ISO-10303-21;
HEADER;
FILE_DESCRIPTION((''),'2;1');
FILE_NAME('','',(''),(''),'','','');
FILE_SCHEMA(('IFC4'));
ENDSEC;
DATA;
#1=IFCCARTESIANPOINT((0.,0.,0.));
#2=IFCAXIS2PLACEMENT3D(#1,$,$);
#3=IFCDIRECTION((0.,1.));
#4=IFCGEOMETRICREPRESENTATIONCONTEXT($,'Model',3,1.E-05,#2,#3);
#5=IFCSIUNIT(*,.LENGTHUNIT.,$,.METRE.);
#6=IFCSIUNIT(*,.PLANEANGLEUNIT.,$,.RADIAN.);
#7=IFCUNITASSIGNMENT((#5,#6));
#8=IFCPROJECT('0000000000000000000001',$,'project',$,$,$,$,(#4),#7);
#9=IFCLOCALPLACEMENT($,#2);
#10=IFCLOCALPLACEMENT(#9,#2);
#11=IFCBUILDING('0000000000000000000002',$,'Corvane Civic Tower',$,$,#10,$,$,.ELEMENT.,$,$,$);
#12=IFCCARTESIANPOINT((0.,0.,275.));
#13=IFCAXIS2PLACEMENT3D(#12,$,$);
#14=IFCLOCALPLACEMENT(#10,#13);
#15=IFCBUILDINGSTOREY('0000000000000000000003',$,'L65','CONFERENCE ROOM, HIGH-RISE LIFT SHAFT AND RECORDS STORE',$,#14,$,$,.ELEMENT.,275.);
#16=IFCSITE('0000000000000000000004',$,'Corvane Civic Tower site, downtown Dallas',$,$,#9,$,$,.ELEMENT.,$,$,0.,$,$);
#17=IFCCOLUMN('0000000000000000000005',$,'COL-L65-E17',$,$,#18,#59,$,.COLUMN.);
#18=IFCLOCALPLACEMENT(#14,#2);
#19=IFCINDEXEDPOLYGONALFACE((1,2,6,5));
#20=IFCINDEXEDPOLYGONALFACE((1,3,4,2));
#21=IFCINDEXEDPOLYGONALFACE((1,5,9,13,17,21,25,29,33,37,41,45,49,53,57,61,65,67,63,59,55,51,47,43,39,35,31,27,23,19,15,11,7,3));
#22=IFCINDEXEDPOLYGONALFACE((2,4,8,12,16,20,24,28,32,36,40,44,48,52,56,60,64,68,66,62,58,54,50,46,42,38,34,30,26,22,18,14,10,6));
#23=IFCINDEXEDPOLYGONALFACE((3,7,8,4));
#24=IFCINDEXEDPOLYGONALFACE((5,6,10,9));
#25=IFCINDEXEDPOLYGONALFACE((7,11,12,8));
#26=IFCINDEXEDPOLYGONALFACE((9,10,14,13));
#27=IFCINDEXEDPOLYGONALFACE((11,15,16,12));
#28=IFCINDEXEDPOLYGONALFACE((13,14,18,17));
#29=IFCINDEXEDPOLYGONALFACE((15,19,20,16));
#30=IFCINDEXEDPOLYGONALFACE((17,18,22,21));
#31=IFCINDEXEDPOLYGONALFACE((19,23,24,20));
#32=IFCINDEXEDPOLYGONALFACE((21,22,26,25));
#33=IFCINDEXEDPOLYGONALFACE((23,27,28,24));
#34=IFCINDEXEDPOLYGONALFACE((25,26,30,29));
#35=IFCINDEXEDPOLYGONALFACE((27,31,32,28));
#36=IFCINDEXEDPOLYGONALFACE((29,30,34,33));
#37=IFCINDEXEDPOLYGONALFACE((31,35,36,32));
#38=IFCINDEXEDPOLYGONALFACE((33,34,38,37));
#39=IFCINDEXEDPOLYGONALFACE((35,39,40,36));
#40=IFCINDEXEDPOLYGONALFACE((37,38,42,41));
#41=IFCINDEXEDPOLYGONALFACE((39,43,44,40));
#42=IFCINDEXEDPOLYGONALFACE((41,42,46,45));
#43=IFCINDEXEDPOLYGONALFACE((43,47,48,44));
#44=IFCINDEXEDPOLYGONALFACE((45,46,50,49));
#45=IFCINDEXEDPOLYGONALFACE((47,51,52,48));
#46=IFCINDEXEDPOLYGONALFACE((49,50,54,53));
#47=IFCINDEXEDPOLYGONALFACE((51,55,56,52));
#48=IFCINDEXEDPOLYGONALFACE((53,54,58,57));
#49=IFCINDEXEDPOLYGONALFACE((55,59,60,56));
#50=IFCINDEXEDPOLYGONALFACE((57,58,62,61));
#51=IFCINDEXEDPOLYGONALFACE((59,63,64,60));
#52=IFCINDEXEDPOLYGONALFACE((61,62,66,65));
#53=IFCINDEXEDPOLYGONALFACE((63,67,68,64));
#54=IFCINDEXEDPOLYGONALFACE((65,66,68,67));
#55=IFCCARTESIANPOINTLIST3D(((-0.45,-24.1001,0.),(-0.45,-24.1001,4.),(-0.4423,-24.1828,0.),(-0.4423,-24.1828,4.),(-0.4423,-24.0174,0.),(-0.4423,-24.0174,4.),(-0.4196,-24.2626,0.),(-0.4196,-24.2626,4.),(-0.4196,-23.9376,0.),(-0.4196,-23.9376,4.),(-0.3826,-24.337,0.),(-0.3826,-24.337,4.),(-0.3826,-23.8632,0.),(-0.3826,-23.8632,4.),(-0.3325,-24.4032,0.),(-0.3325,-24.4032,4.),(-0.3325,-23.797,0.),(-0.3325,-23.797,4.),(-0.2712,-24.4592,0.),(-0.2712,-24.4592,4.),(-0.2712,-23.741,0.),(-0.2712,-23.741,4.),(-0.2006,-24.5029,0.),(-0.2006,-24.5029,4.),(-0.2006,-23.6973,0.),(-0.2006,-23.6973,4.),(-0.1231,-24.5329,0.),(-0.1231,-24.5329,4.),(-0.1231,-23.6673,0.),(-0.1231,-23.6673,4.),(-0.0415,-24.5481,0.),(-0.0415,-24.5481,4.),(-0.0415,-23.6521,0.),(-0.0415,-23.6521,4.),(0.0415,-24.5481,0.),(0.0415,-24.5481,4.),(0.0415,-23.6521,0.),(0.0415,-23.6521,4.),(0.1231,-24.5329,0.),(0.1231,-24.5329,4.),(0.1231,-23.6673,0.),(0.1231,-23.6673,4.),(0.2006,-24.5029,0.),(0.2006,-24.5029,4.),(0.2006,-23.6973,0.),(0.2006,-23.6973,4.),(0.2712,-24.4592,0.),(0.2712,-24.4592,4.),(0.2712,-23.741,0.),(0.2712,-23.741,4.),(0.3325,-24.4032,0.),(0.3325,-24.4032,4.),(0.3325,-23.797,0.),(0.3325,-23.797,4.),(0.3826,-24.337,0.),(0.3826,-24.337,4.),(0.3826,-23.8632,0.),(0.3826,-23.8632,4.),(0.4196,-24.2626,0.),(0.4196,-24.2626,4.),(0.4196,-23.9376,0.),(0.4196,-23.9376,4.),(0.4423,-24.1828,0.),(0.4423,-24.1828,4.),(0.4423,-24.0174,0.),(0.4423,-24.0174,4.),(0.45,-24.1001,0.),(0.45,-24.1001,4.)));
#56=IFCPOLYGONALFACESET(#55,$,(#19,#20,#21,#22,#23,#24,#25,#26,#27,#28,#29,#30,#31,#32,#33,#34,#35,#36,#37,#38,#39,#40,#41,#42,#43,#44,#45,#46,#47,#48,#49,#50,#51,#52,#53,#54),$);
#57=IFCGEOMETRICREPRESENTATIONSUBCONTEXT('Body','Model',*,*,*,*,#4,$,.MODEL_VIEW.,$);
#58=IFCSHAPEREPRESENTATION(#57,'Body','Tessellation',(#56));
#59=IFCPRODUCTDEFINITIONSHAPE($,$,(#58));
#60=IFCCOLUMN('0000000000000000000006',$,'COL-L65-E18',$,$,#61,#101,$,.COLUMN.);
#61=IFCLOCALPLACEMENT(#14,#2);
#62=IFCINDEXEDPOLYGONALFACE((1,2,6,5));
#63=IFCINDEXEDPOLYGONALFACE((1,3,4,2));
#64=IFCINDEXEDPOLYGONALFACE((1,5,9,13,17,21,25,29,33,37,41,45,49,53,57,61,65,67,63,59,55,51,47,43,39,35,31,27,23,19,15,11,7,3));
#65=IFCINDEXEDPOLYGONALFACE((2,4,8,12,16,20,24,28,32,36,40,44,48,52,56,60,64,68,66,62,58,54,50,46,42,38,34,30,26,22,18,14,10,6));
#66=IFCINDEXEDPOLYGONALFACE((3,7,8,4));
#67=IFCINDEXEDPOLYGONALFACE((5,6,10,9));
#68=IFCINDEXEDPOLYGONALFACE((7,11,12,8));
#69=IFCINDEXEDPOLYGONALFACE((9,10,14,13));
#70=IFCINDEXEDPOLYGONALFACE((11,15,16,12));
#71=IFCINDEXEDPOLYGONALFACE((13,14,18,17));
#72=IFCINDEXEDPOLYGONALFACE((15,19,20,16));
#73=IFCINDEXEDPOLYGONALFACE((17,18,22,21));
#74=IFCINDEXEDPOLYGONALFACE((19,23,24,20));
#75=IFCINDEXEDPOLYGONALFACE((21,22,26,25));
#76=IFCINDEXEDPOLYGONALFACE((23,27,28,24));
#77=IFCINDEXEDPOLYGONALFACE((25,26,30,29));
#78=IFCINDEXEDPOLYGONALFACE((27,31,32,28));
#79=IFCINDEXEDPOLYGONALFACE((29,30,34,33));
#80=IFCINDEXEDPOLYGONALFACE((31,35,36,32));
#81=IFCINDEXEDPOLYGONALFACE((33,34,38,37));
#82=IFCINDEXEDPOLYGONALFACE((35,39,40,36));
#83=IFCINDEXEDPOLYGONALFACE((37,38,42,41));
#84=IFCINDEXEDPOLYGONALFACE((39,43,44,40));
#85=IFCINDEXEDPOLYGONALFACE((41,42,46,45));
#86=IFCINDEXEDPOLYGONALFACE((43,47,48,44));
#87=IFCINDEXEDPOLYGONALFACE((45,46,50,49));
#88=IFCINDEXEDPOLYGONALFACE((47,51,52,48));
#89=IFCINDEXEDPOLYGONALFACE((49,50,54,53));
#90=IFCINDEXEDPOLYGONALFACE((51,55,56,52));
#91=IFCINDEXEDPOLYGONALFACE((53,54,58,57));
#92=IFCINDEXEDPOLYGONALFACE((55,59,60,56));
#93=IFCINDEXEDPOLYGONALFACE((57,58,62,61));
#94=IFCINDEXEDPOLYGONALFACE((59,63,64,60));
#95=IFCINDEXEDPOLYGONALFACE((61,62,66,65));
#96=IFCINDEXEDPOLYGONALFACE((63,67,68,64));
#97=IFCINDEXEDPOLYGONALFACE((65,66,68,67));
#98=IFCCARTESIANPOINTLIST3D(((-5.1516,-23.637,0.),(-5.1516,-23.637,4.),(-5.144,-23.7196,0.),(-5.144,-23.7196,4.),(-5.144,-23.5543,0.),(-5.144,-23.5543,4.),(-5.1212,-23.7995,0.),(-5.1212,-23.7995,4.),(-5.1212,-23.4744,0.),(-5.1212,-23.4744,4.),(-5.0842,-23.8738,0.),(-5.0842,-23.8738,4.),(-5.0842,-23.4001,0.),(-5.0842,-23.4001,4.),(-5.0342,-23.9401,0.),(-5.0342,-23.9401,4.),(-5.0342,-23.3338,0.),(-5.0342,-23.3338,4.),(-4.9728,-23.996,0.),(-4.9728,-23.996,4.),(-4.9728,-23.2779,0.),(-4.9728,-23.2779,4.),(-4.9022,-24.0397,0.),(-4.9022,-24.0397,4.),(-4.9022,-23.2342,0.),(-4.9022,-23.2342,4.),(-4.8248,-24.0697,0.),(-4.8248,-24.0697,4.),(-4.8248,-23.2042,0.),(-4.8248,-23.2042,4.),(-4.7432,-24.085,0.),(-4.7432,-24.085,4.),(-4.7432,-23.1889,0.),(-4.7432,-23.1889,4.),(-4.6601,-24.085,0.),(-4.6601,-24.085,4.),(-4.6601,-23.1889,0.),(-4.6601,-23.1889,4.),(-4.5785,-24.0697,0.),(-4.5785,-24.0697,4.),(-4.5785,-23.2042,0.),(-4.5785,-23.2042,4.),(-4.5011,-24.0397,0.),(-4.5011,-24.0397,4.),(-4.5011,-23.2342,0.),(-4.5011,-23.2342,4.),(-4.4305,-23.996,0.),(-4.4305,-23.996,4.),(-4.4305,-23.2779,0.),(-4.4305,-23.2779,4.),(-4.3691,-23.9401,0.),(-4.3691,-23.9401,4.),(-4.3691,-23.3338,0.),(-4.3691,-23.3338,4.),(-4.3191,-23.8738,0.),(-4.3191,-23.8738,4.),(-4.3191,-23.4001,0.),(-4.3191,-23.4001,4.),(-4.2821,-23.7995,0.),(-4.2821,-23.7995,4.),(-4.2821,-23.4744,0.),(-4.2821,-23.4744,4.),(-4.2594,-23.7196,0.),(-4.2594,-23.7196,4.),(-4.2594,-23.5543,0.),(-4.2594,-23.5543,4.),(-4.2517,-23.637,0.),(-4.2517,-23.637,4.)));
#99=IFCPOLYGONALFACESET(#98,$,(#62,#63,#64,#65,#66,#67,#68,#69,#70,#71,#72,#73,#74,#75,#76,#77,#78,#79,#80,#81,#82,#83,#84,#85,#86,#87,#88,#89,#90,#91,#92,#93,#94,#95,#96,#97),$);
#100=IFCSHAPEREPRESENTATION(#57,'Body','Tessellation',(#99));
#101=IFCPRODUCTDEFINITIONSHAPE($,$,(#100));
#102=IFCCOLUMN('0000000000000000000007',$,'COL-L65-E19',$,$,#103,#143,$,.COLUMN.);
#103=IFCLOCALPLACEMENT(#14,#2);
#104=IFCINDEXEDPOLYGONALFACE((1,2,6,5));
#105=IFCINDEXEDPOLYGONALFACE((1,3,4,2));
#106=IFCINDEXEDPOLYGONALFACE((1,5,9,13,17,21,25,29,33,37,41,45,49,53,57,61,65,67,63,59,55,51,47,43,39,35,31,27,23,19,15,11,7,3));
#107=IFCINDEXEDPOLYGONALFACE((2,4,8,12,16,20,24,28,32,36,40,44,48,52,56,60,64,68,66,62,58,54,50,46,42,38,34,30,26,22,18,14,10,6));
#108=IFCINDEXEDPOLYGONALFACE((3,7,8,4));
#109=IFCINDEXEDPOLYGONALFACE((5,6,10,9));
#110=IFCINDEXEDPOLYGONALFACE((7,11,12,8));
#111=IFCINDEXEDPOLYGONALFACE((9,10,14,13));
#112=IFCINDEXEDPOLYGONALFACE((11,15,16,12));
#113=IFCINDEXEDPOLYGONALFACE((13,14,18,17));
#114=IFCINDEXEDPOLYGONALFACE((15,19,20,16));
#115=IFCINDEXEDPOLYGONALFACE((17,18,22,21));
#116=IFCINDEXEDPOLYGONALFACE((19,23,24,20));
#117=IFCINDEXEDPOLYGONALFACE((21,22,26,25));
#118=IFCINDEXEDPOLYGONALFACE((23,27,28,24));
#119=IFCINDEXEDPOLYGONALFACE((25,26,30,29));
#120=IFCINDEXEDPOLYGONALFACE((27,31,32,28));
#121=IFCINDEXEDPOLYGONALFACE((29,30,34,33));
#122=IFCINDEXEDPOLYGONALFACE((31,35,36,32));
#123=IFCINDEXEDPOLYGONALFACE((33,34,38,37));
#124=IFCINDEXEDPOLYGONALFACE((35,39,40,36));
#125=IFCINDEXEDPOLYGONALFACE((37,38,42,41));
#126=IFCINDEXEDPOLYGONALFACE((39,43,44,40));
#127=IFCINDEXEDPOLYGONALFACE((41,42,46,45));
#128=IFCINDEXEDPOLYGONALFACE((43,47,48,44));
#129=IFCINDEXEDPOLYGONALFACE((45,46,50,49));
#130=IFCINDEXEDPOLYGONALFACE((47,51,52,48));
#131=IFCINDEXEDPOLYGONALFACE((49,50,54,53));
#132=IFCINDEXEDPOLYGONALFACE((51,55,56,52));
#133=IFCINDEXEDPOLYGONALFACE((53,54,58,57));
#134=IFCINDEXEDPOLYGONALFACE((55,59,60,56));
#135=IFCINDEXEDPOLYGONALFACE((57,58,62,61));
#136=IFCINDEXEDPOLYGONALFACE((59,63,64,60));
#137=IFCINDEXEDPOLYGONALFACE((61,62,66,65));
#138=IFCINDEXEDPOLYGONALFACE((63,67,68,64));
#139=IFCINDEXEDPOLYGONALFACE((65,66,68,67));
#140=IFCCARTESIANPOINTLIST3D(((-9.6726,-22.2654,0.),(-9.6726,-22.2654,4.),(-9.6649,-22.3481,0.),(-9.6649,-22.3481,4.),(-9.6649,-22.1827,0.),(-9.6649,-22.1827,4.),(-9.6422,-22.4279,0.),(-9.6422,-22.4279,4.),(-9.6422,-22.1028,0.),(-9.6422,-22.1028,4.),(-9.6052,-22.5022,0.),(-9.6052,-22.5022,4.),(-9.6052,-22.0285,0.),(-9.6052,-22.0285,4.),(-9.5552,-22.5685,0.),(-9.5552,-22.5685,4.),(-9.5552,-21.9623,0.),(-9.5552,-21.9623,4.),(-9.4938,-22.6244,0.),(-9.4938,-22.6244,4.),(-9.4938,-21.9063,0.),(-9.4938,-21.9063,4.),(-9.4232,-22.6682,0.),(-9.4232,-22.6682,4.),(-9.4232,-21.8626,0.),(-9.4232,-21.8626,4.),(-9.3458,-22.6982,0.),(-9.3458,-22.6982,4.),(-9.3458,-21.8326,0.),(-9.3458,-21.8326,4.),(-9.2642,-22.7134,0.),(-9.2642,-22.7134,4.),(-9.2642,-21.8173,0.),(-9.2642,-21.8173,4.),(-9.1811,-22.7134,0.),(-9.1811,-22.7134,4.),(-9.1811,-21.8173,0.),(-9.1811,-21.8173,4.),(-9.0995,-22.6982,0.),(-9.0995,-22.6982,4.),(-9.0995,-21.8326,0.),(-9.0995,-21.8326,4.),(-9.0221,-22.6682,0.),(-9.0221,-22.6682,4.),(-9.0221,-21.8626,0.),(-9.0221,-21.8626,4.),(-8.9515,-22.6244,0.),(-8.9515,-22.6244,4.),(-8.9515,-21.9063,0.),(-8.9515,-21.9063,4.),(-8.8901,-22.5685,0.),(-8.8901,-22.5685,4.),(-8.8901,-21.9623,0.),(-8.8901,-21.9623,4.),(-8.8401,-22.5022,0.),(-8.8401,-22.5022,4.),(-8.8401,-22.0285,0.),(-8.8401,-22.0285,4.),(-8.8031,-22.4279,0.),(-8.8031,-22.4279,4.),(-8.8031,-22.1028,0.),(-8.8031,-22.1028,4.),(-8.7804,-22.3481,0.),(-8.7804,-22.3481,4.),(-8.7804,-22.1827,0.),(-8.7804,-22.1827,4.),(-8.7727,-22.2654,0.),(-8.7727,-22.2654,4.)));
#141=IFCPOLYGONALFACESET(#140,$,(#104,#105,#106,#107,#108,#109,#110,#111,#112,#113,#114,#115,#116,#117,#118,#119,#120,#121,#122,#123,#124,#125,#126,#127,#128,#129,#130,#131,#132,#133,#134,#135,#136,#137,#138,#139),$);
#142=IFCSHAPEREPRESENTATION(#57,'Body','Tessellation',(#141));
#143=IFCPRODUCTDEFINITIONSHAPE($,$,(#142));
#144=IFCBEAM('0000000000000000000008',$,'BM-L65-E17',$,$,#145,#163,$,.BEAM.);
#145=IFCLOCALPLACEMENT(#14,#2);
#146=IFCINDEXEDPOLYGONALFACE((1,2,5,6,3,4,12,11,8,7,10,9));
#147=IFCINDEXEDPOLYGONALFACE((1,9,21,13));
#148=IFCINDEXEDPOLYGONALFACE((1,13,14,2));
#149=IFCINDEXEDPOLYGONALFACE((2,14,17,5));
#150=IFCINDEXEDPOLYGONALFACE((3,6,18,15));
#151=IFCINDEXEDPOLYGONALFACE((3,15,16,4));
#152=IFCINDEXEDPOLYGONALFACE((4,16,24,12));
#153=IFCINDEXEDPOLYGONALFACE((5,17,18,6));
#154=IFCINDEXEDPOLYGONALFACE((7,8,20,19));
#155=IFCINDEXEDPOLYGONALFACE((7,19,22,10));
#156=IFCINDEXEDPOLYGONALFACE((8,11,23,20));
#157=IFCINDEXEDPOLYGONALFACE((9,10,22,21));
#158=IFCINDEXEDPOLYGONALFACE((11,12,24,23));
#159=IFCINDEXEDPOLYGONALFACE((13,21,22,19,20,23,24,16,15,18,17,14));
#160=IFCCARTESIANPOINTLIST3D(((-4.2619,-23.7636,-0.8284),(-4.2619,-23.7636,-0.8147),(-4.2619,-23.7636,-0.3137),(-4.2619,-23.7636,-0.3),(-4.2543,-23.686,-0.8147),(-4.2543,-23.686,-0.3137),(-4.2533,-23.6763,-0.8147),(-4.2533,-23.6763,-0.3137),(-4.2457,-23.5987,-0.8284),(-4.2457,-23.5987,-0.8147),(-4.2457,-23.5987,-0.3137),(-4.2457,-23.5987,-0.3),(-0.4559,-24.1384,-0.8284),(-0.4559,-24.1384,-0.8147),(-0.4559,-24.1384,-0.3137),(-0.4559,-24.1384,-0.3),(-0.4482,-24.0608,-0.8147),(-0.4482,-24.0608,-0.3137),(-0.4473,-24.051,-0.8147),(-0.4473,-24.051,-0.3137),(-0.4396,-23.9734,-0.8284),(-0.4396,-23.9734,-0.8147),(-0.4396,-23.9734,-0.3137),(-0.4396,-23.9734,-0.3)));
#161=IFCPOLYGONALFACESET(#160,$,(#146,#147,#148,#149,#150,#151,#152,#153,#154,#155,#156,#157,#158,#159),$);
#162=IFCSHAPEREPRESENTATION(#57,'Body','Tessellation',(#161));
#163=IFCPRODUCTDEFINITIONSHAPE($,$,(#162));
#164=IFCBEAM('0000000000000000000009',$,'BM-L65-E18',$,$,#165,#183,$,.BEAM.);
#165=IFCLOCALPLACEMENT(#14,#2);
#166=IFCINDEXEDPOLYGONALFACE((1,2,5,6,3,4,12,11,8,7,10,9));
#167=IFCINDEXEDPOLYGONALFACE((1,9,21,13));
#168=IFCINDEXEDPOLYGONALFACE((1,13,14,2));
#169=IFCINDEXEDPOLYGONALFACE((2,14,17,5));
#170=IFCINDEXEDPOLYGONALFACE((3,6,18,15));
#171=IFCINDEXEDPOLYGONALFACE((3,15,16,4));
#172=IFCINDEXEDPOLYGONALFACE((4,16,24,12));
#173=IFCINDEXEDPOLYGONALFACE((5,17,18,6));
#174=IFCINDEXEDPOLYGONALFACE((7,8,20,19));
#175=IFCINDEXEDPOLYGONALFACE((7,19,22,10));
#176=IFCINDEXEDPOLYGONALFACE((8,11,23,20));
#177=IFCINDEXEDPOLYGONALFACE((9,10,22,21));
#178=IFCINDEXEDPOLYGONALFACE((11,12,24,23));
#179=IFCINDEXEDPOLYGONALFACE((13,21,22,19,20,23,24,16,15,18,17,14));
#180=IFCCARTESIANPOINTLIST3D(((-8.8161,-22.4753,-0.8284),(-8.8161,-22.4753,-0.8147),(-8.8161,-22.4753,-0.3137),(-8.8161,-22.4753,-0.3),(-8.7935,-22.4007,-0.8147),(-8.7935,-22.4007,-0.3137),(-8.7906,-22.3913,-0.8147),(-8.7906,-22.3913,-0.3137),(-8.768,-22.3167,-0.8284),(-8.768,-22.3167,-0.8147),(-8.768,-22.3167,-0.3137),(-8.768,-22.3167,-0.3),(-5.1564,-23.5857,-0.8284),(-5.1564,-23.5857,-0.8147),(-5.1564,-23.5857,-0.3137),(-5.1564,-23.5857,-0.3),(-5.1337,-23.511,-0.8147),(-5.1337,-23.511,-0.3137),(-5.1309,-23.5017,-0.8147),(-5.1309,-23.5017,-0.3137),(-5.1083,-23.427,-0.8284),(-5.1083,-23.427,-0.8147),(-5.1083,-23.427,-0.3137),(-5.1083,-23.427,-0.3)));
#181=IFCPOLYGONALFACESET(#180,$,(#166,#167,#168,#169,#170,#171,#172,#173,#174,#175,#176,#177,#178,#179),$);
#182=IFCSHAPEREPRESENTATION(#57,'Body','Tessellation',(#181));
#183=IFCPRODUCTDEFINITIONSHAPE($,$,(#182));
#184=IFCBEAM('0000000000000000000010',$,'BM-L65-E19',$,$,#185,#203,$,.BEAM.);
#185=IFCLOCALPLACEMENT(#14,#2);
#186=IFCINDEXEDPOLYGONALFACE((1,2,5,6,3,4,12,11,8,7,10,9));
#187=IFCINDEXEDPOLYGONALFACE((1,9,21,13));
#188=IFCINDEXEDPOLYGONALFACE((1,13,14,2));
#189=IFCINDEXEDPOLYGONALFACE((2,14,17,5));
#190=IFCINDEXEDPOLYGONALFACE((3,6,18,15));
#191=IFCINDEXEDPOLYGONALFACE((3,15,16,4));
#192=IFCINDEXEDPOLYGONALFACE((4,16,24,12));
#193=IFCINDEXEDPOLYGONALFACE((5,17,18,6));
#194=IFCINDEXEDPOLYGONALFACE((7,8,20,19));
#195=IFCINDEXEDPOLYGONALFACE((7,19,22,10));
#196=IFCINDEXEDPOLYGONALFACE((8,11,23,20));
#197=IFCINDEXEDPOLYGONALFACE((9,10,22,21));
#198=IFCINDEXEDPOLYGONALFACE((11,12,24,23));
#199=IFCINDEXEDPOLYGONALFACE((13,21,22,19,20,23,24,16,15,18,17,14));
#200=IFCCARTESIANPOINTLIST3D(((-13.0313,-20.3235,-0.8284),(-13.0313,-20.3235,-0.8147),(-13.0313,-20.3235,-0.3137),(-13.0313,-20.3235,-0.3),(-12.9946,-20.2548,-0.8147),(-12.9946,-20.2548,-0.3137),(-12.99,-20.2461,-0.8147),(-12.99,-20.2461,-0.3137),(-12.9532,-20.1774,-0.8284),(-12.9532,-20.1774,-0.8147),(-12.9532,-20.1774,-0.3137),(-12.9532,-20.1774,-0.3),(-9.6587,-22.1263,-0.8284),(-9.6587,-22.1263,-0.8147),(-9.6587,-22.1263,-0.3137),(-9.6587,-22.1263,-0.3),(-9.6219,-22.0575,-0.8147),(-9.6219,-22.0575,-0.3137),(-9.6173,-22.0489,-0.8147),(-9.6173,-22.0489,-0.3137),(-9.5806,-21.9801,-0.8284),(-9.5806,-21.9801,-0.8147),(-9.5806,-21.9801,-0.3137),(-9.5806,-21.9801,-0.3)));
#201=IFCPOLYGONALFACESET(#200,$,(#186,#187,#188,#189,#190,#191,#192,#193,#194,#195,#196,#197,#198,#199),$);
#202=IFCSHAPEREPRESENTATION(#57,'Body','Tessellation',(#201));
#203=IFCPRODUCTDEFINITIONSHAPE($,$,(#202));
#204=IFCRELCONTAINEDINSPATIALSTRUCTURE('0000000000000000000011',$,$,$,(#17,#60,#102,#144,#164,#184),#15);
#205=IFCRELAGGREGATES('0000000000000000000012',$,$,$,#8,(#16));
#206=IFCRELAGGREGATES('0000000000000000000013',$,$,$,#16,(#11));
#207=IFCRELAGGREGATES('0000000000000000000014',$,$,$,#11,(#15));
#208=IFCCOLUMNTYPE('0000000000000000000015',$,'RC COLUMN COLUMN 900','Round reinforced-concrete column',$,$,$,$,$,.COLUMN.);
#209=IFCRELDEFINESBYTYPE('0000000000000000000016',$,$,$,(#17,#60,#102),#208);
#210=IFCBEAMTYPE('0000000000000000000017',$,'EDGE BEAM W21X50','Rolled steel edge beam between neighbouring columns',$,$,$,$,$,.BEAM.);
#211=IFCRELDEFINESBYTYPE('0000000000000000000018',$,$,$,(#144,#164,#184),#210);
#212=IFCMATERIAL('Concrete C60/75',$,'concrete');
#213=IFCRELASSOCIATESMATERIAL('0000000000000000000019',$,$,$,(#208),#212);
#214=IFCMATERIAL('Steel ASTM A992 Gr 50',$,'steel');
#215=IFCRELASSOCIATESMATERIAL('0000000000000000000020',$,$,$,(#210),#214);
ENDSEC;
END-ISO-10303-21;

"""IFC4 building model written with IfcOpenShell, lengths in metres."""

from ifc_helpers import new_model, si_unit, direction, frame, origin, origin_2d, place, context, subcontext, project, spatial, circle, i_section, extrude, material, material_profile, profile_set, type_object, element, save


model = new_model("IFC4")

# Units and contexts
model_context = context("Model", 3, precision=1e-05, world=origin(), true_north=direction((0.0, 1.0)))
body_context = subcontext(model_context, "Body", "Model", "MODEL_VIEW")
ifc_project = project(units=[si_unit("LENGTHUNIT", "METRE"), si_unit("PLANEANGLEUNIT", "RADIAN")], contexts=[model_context])

# Site, building, storey
site_placement = place(None, origin())
site = spatial("IfcSite", under=ifc_project, at=site_placement, Name="Corvane Civic Tower site, downtown Dallas", CompositionType="ELEMENT", RefElevation=0.0)
building_placement = place(site_placement, origin())
building = spatial("IfcBuilding", under=site, at=building_placement, Name="Corvane Civic Tower", CompositionType="ELEMENT")
storey_placement = place(building_placement, frame((0.0, 0.0, 275.0)))
storey = spatial("IfcBuildingStorey", under=building, at=storey_placement, Name="L65", Description="CONFERENCE ROOM, HIGH-RISE LIFT SHAFT AND RECORDS STORE", CompositionType="ELEMENT", Elevation=275.0)

# Columns
ifc_material_1 = material(Name="Concrete C60/75", Category="concrete")
ifc_material_profile_1 = material_profile(ifc_material_1, circle(Radius=0.45, at=origin_2d()), Name="COLUMN 900")
ifc_profile_set_1 = profile_set([ifc_material_profile_1], Name="Concrete C60/75")
column_type = type_object("IfcColumnType", Name="RC COLUMN COLUMN 900", Description="Round reinforced-concrete column", PredefinedType="COLUMN", material=ifc_profile_set_1)
for number, where, z_axis, x_axis, name in (
    (1, (0.0, -24.1001, 0.0), (0.0, 0.0, 1.0), (1.0, 0.0, 0.0), "COL-L65-E17"),
    (2, (-4.7017, -23.637, 0.0), (0.0, 0.0, 1.0), (1.0, 0.0, 0.0), "COL-L65-E18"),
    (3, (-9.2227, -22.2654, 0.0), (0.0, 0.0, 1.0), (1.0, 0.0, 0.0), "COL-L65-E19"),
):
    element("IfcColumn", number, at=place(storey_placement, frame(where, z_axis=z_axis, x_axis=x_axis)), inside=storey, type_object=column_type, Name=name, PredefinedType="COLUMN", context=body_context, shape_type="SweptSolid", body=[
        extrude(circle(Radius=0.45, at=origin_2d()), origin(), (0.0, 0.0, 1.0), 4.0),
    ])

# Beams
ifc_material_2 = material(Name="Steel ASTM A992 Gr 50", Category="steel")
ifc_material_profile_2 = material_profile(ifc_material_2, i_section(OverallWidth=0.1658, OverallDepth=0.5283, WebThickness=0.0098, FlangeThickness=0.0137, at=origin_2d()), Name="W21X50")
ifc_profile_set_2 = profile_set([ifc_material_profile_2], Name="Steel ASTM A992 Gr 50")
beam_type_1 = type_object("IfcBeamType", Name="EDGE BEAM W21X50", Description="Rolled steel edge beam between neighbouring columns", PredefinedType="BEAM", material=ifc_profile_set_2)
for number, where, z_axis, x_axis, name in (
    (4, (-0.4478, -24.0559, -0.5642), (-0.995188, 0.097987, 0.0), (-0.097987, -0.995188, 0.0), "BM-L65-E17"),
    (5, (-5.1323, -23.5063, -0.5642), (-0.956926, 0.290333, 0.0), (-0.290333, -0.956926, 0.0), "BM-L65-E18"),
):
    element("IfcBeam", number, at=place(storey_placement, frame(where, z_axis=z_axis, x_axis=x_axis)), inside=storey, type_object=beam_type_1, Name=name, PredefinedType="BEAM", context=body_context, shape_type="SweptSolid", body=[
        extrude(i_section(OverallWidth=0.1658, OverallDepth=0.5283, WebThickness=0.0098, FlangeThickness=0.0137, at=origin_2d()), origin(), (0.0, 0.0, 1.0), 3.8245),
    ])
beam_1_placement = place(storey_placement, frame((-9.6196, -22.0532, -0.5642), z_axis=(-0.881914, 0.47141, 0.0), x_axis=(-0.47141, -0.881914, 0.0)))
element("IfcBeam", 6, at=beam_1_placement, inside=storey, type_object=beam_type_1, Name="BM-L65-E19", PredefinedType="BEAM", context=body_context, shape_type="SweptSolid", body=[
    extrude(i_section(OverallWidth=0.1658, OverallDepth=0.5283, WebThickness=0.0098, FlangeThickness=0.0137, at=origin_2d()), origin(), (0.0, 0.0, 1.0), 3.8242),
])

save(model, "model.ifc")
